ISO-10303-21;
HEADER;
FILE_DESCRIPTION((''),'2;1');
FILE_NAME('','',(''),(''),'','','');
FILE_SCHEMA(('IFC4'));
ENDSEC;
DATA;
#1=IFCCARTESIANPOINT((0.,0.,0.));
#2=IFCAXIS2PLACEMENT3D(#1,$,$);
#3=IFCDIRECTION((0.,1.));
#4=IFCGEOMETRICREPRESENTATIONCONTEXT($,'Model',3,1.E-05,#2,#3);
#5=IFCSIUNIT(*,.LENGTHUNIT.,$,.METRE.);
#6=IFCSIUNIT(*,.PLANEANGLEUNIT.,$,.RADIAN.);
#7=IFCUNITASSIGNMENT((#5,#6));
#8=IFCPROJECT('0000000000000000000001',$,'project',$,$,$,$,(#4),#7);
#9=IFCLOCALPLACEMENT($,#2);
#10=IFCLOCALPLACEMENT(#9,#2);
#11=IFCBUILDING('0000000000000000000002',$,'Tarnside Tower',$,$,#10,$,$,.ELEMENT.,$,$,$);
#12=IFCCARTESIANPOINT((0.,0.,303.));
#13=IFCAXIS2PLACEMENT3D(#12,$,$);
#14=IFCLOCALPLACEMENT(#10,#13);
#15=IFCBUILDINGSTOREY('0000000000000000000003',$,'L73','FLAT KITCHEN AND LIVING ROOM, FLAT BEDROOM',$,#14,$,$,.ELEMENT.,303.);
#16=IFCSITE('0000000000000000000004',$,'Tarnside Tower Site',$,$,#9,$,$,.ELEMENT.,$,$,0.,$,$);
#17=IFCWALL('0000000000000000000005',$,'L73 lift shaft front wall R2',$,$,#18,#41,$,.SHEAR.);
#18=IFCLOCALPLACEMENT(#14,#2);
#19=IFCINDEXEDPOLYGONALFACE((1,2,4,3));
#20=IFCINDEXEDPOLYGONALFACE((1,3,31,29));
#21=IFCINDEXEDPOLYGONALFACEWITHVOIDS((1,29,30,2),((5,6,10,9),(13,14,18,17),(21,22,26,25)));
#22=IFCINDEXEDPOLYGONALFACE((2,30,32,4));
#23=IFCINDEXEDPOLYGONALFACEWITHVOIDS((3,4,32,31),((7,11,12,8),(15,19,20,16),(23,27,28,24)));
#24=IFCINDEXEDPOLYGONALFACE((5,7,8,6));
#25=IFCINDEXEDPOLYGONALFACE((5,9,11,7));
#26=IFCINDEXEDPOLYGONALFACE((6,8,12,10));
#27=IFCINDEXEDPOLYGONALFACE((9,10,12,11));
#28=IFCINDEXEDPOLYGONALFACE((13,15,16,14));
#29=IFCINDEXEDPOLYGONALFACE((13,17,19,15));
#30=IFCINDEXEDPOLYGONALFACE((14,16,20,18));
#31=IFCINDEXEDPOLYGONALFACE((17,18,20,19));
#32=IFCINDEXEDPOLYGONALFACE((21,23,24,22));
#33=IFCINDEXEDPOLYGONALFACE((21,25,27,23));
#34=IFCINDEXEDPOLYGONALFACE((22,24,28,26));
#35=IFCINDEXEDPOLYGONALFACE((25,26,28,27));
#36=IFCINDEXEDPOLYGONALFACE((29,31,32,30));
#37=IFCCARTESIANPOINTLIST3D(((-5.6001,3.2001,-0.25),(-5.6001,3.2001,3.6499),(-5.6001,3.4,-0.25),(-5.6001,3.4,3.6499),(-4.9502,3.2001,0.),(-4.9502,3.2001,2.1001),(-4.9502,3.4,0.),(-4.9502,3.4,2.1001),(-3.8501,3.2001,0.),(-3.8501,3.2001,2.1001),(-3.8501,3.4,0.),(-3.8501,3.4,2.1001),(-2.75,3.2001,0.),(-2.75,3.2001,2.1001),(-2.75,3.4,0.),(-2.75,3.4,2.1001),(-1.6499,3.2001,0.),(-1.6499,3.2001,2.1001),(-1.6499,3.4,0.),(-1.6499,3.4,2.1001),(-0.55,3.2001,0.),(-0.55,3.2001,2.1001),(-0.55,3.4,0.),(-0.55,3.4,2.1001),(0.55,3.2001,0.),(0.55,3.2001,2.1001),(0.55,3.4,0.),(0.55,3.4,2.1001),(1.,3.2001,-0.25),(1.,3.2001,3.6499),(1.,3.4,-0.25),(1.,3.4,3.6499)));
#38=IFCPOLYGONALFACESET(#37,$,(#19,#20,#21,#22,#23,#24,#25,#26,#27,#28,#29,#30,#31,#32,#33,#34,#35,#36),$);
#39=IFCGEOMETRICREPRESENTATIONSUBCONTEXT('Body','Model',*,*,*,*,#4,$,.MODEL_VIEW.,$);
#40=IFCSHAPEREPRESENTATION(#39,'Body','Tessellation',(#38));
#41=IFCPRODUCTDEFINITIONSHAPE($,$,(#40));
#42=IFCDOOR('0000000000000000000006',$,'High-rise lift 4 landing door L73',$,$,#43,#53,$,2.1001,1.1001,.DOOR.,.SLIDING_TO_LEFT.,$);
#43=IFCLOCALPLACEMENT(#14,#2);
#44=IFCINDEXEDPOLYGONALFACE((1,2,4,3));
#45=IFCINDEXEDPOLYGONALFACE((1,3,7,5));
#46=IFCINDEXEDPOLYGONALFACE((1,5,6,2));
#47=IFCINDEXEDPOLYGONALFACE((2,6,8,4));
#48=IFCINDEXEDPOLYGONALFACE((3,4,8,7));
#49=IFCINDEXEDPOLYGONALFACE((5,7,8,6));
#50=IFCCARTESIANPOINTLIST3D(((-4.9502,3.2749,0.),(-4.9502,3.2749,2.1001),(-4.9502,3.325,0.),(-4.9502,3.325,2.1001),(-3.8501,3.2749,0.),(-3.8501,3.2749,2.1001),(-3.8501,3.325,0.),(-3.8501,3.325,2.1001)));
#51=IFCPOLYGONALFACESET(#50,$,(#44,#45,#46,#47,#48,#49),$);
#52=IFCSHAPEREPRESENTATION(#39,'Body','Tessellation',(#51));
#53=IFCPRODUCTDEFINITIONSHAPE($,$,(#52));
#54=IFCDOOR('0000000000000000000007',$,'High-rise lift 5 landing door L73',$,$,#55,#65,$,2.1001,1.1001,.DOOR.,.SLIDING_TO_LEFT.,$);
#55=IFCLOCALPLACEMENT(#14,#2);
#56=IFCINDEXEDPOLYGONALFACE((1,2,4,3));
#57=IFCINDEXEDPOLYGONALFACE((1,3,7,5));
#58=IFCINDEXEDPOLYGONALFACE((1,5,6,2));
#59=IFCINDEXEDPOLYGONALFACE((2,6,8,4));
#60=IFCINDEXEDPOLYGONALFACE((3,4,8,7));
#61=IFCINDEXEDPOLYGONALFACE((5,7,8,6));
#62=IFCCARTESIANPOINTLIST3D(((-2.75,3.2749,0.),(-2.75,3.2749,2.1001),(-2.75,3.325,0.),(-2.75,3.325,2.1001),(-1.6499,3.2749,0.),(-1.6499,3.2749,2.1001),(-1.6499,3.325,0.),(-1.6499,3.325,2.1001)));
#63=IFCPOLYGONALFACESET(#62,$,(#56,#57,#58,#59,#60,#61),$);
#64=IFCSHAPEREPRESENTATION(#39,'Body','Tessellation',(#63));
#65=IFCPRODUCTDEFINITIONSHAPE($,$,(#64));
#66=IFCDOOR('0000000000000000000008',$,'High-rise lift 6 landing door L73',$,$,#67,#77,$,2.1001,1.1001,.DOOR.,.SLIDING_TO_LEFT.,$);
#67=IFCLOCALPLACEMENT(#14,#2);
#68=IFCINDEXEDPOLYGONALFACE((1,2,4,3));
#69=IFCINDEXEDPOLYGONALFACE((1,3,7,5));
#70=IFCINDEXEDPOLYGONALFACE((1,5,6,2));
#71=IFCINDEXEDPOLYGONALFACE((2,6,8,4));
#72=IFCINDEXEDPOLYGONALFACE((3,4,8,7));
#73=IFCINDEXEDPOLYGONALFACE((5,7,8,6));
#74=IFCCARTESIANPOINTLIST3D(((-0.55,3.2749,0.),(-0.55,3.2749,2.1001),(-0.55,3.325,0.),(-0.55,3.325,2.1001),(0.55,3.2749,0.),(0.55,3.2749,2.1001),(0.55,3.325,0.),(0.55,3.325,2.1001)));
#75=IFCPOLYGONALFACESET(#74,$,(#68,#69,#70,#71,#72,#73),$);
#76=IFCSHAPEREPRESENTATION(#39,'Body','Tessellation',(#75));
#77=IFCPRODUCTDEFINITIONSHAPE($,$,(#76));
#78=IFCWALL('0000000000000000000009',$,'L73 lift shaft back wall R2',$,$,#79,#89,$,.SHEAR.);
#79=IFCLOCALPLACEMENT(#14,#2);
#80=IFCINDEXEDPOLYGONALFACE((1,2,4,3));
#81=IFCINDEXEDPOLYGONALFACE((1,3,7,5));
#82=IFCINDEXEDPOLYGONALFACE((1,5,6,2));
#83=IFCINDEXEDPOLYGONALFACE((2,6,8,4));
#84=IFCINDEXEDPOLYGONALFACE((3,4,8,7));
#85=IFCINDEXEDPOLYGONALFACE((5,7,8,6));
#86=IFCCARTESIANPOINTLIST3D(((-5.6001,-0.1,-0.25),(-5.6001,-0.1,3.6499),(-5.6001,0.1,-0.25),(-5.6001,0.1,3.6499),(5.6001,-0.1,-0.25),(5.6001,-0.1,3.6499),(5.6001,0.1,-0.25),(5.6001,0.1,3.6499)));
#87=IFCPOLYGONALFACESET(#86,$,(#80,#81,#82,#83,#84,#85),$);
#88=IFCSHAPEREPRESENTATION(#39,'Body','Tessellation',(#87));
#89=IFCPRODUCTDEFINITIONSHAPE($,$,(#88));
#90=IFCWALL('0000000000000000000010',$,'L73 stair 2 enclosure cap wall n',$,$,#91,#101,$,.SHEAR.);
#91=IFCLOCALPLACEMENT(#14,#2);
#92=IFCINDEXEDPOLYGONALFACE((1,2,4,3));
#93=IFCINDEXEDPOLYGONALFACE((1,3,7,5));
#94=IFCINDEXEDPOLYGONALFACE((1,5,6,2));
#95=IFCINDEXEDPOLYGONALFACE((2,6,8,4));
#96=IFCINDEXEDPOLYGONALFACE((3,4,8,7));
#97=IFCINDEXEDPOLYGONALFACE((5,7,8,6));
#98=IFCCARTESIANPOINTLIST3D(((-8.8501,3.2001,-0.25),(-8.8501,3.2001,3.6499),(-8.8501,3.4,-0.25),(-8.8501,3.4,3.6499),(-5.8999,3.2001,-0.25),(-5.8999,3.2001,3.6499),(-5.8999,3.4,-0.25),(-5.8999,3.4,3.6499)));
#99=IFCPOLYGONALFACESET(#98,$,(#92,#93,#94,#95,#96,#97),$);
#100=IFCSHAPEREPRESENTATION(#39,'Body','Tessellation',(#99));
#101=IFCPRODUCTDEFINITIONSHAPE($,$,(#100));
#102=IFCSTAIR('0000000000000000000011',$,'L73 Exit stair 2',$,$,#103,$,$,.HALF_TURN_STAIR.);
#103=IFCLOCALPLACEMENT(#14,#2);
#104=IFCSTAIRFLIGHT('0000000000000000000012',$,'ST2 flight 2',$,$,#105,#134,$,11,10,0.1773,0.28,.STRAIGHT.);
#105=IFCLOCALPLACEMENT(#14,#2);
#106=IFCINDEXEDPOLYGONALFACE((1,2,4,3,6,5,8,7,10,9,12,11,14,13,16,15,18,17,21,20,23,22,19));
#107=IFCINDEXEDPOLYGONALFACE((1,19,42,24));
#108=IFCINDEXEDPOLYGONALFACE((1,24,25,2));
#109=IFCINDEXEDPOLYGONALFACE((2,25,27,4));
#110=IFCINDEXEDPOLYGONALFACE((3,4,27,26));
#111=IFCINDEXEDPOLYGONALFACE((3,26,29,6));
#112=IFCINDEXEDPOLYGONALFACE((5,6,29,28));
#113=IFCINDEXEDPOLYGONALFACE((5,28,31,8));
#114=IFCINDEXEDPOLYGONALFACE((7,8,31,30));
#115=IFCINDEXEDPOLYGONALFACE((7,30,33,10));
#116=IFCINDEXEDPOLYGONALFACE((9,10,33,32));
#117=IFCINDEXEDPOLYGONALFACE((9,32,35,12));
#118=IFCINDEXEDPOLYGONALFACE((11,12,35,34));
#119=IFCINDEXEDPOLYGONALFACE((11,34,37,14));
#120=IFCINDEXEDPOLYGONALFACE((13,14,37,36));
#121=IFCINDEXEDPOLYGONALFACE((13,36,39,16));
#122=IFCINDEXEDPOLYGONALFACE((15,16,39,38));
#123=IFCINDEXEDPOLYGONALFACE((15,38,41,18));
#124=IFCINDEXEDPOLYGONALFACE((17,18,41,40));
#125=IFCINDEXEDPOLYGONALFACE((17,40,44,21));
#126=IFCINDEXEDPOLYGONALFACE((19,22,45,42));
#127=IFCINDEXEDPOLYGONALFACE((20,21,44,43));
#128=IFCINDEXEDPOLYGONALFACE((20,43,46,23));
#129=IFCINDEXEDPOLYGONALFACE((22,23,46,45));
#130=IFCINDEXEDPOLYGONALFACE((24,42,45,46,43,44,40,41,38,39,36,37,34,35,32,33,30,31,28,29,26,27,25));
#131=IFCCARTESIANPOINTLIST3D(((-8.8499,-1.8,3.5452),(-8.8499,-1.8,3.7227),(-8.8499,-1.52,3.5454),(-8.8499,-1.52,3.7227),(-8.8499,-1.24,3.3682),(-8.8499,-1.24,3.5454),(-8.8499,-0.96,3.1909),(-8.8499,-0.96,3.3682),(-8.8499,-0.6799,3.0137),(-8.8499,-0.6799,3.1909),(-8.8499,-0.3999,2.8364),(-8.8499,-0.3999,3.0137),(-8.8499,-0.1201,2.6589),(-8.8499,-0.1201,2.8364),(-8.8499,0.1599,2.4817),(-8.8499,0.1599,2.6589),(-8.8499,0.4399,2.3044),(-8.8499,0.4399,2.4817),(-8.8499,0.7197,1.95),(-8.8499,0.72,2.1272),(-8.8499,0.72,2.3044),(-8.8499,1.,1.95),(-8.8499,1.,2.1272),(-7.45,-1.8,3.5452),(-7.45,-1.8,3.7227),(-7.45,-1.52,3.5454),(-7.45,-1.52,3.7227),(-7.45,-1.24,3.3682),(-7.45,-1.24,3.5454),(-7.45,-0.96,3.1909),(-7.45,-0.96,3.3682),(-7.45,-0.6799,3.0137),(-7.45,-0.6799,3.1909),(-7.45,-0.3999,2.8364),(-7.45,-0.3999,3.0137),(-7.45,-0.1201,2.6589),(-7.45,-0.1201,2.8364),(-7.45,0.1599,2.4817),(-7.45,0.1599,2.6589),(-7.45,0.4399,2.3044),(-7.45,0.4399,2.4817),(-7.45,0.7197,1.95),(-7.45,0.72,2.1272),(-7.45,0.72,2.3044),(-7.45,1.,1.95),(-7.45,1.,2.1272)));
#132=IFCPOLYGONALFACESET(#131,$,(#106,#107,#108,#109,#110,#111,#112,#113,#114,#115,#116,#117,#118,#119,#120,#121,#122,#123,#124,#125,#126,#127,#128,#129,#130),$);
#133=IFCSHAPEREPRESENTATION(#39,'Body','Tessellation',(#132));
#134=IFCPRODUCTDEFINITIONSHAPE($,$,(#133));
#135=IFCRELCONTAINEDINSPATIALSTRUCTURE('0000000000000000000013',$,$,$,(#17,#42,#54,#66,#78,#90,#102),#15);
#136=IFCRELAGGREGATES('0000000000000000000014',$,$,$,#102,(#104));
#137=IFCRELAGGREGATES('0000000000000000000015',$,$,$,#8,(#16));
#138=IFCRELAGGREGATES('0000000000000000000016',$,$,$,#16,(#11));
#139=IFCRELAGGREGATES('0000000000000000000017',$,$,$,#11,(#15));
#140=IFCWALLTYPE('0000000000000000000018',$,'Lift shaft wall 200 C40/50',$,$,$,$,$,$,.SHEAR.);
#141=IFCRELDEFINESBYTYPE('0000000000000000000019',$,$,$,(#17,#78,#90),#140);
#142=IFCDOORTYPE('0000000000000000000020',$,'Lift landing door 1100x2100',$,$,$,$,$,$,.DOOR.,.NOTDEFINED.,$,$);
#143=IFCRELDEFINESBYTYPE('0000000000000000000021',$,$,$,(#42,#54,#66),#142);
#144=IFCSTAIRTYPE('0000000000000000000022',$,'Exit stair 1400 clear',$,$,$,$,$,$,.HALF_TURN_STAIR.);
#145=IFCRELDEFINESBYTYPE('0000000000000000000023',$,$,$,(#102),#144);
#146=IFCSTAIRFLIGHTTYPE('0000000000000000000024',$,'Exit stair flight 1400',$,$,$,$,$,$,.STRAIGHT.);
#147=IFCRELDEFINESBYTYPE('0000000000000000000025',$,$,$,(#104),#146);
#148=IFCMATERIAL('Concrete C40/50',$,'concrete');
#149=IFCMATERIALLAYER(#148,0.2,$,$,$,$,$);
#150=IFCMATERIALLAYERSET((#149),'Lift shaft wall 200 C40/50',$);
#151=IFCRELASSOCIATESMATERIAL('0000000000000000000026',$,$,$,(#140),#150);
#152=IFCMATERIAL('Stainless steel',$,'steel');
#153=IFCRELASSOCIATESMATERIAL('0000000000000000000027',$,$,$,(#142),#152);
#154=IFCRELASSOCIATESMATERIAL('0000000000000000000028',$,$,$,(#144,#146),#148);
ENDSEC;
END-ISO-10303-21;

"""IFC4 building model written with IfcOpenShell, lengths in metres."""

from ifc_helpers import new_model, si_unit, direction, frame, frame_2d, origin, place, context, subcontext, project, spatial, polyline, rectangle, outline, extrude, material, layer, layer_set, type_object, element, fill, aggregate, save


model = new_model("IFC4")

# Units and contexts
model_context = context("Model", 3, precision=1e-05, world=origin(), true_north=direction((0.0, 1.0)))
body_context = subcontext(model_context, "Body", "Model", "MODEL_VIEW")
ifc_project = project(units=[si_unit("LENGTHUNIT", "METRE"), si_unit("PLANEANGLEUNIT", "RADIAN")], contexts=[model_context])

# Site, building, storey
site_placement = place(None, origin())
site = spatial("IfcSite", under=ifc_project, at=site_placement, Name="Tarnside Tower Site", CompositionType="ELEMENT", RefElevation=0.0)
building_placement = place(site_placement, origin())
building = spatial("IfcBuilding", under=site, at=building_placement, Name="Tarnside Tower", CompositionType="ELEMENT")
storey_placement = place(building_placement, frame((0.0, 0.0, 303.0)))
storey = spatial("IfcBuildingStorey", under=building, at=storey_placement, Name="L73", Description="FLAT KITCHEN AND LIVING ROOM, FLAT BEDROOM", CompositionType="ELEMENT", Elevation=303.0)

# Wall, openings, doors
ifc_material_1 = material(Name="Concrete C40/50", Category="concrete")
ifc_layer_1 = layer(ifc_material_1, 0.2)
ifc_layer_set_1 = layer_set([ifc_layer_1], Name="Lift shaft wall 200 C40/50")
wall_type_1 = type_object("IfcWallType", Name="Lift shaft wall 200 C40/50", PredefinedType="SHEAR", material=ifc_layer_set_1)
wall_1_placement = place(storey_placement, frame((-5.6001, 3.3, -0.25), z_axis=(0.0, 0.0, 1.0), x_axis=(1.0, 0.0, 0.0)))
wall_1 = element("IfcWall", 1, at=wall_1_placement, inside=storey, type_object=wall_type_1, Name="L73 lift shaft front wall R2", PredefinedType="SHEAR", context=body_context, shape_type="SweptSolid", body=[
    extrude(rectangle(XDim=6.6001, YDim=0.2, at=frame_2d((3.3, 0.0))), origin(), (0.0, 0.0, 1.0), 3.8999),
])
opening_1_placement = place(wall_1_placement, frame((0.6499, 0.0, 0.25)))
opening_1 = element("IfcOpeningElement", 2, at=opening_1_placement, cuts=wall_1, PredefinedType="OPENING", context=body_context, shape_type="SweptSolid", body=[
    extrude(rectangle(XDim=1.1001, YDim=2.1001, at=frame_2d((0.55, 1.05))), frame((0.0, 0.1099, 0.0), z_axis=(0.0, -1.0, 0.0), x_axis=(1.0, 0.0, 0.0)), (0.0, 0.0, 1.0), 0.22),
])
opening_2_placement = place(wall_1_placement, frame((2.8501, 0.0, 0.25)))
opening_2 = element("IfcOpeningElement", 3, at=opening_2_placement, cuts=wall_1, PredefinedType="OPENING", context=body_context, shape_type="SweptSolid", body=[
    extrude(rectangle(XDim=1.1001, YDim=2.1001, at=frame_2d((0.55, 1.05))), frame((0.0, 0.1099, 0.0), z_axis=(0.0, -1.0, 0.0), x_axis=(1.0, 0.0, 0.0)), (0.0, 0.0, 1.0), 0.22),
])
opening_3_placement = place(wall_1_placement, frame((5.05, 0.0, 0.25)))
opening_3 = element("IfcOpeningElement", 4, at=opening_3_placement, cuts=wall_1, PredefinedType="OPENING", context=body_context, shape_type="SweptSolid", body=[
    extrude(rectangle(XDim=1.1001, YDim=2.1001, at=frame_2d((0.55, 1.05))), frame((0.0, 0.1099, 0.0), z_axis=(0.0, -1.0, 0.0), x_axis=(1.0, 0.0, 0.0)), (0.0, 0.0, 1.0), 0.22),
])
ifc_material_2 = material(Name="Stainless steel", Category="steel")
door_type_1 = type_object("IfcDoorType", Name="Lift landing door 1100x2100", OperationType="NOTDEFINED", PredefinedType="DOOR", material=ifc_material_2)
door_1_placement = place(opening_1_placement, origin())
door_1 = element("IfcDoor", 5, at=door_1_placement, inside=storey, type_object=door_type_1, Name="High-rise lift 4 landing door L73", OperationType="SLIDING_TO_LEFT", OverallHeight=2.1001, OverallWidth=1.1001, PredefinedType="DOOR", context=body_context, shape_type="SweptSolid", body=[
    extrude(rectangle(XDim=1.1001, YDim=2.1001, at=frame_2d((0.55, 1.05))), frame((0.0, 0.0249, 0.0), z_axis=(0.0, -1.0, 0.0), x_axis=(1.0, 0.0, 0.0)), (0.0, 0.0, 1.0), 0.05),
])
fill(opening_1, door_1)
door_2_placement = place(opening_2_placement, origin())
door_2 = element("IfcDoor", 6, at=door_2_placement, inside=storey, type_object=door_type_1, Name="High-rise lift 5 landing door L73", OperationType="SLIDING_TO_LEFT", OverallHeight=2.1001, OverallWidth=1.1001, PredefinedType="DOOR", context=body_context, shape_type="SweptSolid", body=[
    extrude(rectangle(XDim=1.1001, YDim=2.1001, at=frame_2d((0.55, 1.05))), frame((0.0, 0.0249, 0.0), z_axis=(0.0, -1.0, 0.0), x_axis=(1.0, 0.0, 0.0)), (0.0, 0.0, 1.0), 0.05),
])
fill(opening_2, door_2)
door_3_placement = place(opening_3_placement, origin())
door_3 = element("IfcDoor", 7, at=door_3_placement, inside=storey, type_object=door_type_1, Name="High-rise lift 6 landing door L73", OperationType="SLIDING_TO_LEFT", OverallHeight=2.1001, OverallWidth=1.1001, PredefinedType="DOOR", context=body_context, shape_type="SweptSolid", body=[
    extrude(rectangle(XDim=1.1001, YDim=2.1001, at=frame_2d((0.55, 1.05))), frame((0.0, 0.0249, 0.0), z_axis=(0.0, -1.0, 0.0), x_axis=(1.0, 0.0, 0.0)), (0.0, 0.0, 1.0), 0.05),
])
fill(opening_3, door_3)

# Walls
wall_2_placement = place(storey_placement, frame((-5.6001, 0.0, -0.25), z_axis=(0.0, 0.0, 1.0), x_axis=(1.0, 0.0, 0.0)))
element("IfcWall", 8, at=wall_2_placement, inside=storey, type_object=wall_type_1, Name="L73 lift shaft back wall R2", PredefinedType="SHEAR", context=body_context, shape_type="SweptSolid", body=[
    extrude(rectangle(XDim=11.2002, YDim=0.2, at=frame_2d((5.6001, 0.0))), origin(), (0.0, 0.0, 1.0), 3.8999),
])
wall_3_placement = place(storey_placement, frame((-8.8501, 3.3, -0.25), z_axis=(0.0, 0.0, 1.0), x_axis=(1.0, 0.0, 0.0)))
element("IfcWall", 9, at=wall_3_placement, inside=storey, type_object=wall_type_1, Name="L73 stair 2 enclosure cap wall n", PredefinedType="SHEAR", context=body_context, shape_type="SweptSolid", body=[
    extrude(rectangle(XDim=2.9502, YDim=0.2, at=frame_2d((1.4751, 0.0))), origin(), (0.0, 0.0, 1.0), 3.8999),
])

# Stair, stair flight
stair_type = type_object("IfcStairType", Name="Exit stair 1400 clear", PredefinedType="HALF_TURN_STAIR", material=ifc_material_1)
stair_placement = place(storey_placement, origin())
stair = element("IfcStair", 10, at=stair_placement, inside=storey, type_object=stair_type, Name="L73 Exit stair 2", PredefinedType="HALF_TURN_STAIR")
stair_flight_type = type_object("IfcStairFlightType", Name="Exit stair flight 1400", PredefinedType="STRAIGHT", material=ifc_material_1)
stair_flight_placement = place(storey_placement, frame((-8.1499, 1.0, 1.95), z_axis=(0.0, 0.0, 1.0), x_axis=(0.0, -1.0, 0.0)))
stair_flight = element("IfcStairFlight", 11, at=stair_flight_placement, type_object=stair_flight_type, Name="ST2 flight 2", NumberOfRisers=11, NumberOfTreads=10, PredefinedType="STRAIGHT", RiserHeight=0.1773, TreadLength=0.28, context=body_context, shape_type="SweptSolid", body=[
    extrude(outline(polyline([(0.0, 0.0), (0.0, 0.1772), (0.28, 0.1772), (0.28, 0.3545), (0.5601, 0.3545), (0.5601, 0.5317), (0.8401, 0.5317), (0.8401, 0.709), (1.1201, 0.709), (1.1201, 0.8865), (1.3999, 0.8865), (1.3999, 1.0637), (1.6799, 1.0637), (1.6799, 1.241), (1.96, 1.241), (1.96, 1.4182), (2.24, 1.4182), (2.24, 1.5955), (2.52, 1.5955), (2.52, 1.7727), (2.8, 1.7727), (2.8, 1.95), (2.8, 1.5952), (0.2803, 0.0), (0.0, 0.0)])), frame((0.0, 0.7, 0.0), z_axis=(0.0, -1.0, 0.0), x_axis=(1.0, 0.0, 0.0)), (0.0, 0.0, 1.0), 1.3999),
])
aggregate(stair, [stair_flight])

save(model, "model.ifc")
